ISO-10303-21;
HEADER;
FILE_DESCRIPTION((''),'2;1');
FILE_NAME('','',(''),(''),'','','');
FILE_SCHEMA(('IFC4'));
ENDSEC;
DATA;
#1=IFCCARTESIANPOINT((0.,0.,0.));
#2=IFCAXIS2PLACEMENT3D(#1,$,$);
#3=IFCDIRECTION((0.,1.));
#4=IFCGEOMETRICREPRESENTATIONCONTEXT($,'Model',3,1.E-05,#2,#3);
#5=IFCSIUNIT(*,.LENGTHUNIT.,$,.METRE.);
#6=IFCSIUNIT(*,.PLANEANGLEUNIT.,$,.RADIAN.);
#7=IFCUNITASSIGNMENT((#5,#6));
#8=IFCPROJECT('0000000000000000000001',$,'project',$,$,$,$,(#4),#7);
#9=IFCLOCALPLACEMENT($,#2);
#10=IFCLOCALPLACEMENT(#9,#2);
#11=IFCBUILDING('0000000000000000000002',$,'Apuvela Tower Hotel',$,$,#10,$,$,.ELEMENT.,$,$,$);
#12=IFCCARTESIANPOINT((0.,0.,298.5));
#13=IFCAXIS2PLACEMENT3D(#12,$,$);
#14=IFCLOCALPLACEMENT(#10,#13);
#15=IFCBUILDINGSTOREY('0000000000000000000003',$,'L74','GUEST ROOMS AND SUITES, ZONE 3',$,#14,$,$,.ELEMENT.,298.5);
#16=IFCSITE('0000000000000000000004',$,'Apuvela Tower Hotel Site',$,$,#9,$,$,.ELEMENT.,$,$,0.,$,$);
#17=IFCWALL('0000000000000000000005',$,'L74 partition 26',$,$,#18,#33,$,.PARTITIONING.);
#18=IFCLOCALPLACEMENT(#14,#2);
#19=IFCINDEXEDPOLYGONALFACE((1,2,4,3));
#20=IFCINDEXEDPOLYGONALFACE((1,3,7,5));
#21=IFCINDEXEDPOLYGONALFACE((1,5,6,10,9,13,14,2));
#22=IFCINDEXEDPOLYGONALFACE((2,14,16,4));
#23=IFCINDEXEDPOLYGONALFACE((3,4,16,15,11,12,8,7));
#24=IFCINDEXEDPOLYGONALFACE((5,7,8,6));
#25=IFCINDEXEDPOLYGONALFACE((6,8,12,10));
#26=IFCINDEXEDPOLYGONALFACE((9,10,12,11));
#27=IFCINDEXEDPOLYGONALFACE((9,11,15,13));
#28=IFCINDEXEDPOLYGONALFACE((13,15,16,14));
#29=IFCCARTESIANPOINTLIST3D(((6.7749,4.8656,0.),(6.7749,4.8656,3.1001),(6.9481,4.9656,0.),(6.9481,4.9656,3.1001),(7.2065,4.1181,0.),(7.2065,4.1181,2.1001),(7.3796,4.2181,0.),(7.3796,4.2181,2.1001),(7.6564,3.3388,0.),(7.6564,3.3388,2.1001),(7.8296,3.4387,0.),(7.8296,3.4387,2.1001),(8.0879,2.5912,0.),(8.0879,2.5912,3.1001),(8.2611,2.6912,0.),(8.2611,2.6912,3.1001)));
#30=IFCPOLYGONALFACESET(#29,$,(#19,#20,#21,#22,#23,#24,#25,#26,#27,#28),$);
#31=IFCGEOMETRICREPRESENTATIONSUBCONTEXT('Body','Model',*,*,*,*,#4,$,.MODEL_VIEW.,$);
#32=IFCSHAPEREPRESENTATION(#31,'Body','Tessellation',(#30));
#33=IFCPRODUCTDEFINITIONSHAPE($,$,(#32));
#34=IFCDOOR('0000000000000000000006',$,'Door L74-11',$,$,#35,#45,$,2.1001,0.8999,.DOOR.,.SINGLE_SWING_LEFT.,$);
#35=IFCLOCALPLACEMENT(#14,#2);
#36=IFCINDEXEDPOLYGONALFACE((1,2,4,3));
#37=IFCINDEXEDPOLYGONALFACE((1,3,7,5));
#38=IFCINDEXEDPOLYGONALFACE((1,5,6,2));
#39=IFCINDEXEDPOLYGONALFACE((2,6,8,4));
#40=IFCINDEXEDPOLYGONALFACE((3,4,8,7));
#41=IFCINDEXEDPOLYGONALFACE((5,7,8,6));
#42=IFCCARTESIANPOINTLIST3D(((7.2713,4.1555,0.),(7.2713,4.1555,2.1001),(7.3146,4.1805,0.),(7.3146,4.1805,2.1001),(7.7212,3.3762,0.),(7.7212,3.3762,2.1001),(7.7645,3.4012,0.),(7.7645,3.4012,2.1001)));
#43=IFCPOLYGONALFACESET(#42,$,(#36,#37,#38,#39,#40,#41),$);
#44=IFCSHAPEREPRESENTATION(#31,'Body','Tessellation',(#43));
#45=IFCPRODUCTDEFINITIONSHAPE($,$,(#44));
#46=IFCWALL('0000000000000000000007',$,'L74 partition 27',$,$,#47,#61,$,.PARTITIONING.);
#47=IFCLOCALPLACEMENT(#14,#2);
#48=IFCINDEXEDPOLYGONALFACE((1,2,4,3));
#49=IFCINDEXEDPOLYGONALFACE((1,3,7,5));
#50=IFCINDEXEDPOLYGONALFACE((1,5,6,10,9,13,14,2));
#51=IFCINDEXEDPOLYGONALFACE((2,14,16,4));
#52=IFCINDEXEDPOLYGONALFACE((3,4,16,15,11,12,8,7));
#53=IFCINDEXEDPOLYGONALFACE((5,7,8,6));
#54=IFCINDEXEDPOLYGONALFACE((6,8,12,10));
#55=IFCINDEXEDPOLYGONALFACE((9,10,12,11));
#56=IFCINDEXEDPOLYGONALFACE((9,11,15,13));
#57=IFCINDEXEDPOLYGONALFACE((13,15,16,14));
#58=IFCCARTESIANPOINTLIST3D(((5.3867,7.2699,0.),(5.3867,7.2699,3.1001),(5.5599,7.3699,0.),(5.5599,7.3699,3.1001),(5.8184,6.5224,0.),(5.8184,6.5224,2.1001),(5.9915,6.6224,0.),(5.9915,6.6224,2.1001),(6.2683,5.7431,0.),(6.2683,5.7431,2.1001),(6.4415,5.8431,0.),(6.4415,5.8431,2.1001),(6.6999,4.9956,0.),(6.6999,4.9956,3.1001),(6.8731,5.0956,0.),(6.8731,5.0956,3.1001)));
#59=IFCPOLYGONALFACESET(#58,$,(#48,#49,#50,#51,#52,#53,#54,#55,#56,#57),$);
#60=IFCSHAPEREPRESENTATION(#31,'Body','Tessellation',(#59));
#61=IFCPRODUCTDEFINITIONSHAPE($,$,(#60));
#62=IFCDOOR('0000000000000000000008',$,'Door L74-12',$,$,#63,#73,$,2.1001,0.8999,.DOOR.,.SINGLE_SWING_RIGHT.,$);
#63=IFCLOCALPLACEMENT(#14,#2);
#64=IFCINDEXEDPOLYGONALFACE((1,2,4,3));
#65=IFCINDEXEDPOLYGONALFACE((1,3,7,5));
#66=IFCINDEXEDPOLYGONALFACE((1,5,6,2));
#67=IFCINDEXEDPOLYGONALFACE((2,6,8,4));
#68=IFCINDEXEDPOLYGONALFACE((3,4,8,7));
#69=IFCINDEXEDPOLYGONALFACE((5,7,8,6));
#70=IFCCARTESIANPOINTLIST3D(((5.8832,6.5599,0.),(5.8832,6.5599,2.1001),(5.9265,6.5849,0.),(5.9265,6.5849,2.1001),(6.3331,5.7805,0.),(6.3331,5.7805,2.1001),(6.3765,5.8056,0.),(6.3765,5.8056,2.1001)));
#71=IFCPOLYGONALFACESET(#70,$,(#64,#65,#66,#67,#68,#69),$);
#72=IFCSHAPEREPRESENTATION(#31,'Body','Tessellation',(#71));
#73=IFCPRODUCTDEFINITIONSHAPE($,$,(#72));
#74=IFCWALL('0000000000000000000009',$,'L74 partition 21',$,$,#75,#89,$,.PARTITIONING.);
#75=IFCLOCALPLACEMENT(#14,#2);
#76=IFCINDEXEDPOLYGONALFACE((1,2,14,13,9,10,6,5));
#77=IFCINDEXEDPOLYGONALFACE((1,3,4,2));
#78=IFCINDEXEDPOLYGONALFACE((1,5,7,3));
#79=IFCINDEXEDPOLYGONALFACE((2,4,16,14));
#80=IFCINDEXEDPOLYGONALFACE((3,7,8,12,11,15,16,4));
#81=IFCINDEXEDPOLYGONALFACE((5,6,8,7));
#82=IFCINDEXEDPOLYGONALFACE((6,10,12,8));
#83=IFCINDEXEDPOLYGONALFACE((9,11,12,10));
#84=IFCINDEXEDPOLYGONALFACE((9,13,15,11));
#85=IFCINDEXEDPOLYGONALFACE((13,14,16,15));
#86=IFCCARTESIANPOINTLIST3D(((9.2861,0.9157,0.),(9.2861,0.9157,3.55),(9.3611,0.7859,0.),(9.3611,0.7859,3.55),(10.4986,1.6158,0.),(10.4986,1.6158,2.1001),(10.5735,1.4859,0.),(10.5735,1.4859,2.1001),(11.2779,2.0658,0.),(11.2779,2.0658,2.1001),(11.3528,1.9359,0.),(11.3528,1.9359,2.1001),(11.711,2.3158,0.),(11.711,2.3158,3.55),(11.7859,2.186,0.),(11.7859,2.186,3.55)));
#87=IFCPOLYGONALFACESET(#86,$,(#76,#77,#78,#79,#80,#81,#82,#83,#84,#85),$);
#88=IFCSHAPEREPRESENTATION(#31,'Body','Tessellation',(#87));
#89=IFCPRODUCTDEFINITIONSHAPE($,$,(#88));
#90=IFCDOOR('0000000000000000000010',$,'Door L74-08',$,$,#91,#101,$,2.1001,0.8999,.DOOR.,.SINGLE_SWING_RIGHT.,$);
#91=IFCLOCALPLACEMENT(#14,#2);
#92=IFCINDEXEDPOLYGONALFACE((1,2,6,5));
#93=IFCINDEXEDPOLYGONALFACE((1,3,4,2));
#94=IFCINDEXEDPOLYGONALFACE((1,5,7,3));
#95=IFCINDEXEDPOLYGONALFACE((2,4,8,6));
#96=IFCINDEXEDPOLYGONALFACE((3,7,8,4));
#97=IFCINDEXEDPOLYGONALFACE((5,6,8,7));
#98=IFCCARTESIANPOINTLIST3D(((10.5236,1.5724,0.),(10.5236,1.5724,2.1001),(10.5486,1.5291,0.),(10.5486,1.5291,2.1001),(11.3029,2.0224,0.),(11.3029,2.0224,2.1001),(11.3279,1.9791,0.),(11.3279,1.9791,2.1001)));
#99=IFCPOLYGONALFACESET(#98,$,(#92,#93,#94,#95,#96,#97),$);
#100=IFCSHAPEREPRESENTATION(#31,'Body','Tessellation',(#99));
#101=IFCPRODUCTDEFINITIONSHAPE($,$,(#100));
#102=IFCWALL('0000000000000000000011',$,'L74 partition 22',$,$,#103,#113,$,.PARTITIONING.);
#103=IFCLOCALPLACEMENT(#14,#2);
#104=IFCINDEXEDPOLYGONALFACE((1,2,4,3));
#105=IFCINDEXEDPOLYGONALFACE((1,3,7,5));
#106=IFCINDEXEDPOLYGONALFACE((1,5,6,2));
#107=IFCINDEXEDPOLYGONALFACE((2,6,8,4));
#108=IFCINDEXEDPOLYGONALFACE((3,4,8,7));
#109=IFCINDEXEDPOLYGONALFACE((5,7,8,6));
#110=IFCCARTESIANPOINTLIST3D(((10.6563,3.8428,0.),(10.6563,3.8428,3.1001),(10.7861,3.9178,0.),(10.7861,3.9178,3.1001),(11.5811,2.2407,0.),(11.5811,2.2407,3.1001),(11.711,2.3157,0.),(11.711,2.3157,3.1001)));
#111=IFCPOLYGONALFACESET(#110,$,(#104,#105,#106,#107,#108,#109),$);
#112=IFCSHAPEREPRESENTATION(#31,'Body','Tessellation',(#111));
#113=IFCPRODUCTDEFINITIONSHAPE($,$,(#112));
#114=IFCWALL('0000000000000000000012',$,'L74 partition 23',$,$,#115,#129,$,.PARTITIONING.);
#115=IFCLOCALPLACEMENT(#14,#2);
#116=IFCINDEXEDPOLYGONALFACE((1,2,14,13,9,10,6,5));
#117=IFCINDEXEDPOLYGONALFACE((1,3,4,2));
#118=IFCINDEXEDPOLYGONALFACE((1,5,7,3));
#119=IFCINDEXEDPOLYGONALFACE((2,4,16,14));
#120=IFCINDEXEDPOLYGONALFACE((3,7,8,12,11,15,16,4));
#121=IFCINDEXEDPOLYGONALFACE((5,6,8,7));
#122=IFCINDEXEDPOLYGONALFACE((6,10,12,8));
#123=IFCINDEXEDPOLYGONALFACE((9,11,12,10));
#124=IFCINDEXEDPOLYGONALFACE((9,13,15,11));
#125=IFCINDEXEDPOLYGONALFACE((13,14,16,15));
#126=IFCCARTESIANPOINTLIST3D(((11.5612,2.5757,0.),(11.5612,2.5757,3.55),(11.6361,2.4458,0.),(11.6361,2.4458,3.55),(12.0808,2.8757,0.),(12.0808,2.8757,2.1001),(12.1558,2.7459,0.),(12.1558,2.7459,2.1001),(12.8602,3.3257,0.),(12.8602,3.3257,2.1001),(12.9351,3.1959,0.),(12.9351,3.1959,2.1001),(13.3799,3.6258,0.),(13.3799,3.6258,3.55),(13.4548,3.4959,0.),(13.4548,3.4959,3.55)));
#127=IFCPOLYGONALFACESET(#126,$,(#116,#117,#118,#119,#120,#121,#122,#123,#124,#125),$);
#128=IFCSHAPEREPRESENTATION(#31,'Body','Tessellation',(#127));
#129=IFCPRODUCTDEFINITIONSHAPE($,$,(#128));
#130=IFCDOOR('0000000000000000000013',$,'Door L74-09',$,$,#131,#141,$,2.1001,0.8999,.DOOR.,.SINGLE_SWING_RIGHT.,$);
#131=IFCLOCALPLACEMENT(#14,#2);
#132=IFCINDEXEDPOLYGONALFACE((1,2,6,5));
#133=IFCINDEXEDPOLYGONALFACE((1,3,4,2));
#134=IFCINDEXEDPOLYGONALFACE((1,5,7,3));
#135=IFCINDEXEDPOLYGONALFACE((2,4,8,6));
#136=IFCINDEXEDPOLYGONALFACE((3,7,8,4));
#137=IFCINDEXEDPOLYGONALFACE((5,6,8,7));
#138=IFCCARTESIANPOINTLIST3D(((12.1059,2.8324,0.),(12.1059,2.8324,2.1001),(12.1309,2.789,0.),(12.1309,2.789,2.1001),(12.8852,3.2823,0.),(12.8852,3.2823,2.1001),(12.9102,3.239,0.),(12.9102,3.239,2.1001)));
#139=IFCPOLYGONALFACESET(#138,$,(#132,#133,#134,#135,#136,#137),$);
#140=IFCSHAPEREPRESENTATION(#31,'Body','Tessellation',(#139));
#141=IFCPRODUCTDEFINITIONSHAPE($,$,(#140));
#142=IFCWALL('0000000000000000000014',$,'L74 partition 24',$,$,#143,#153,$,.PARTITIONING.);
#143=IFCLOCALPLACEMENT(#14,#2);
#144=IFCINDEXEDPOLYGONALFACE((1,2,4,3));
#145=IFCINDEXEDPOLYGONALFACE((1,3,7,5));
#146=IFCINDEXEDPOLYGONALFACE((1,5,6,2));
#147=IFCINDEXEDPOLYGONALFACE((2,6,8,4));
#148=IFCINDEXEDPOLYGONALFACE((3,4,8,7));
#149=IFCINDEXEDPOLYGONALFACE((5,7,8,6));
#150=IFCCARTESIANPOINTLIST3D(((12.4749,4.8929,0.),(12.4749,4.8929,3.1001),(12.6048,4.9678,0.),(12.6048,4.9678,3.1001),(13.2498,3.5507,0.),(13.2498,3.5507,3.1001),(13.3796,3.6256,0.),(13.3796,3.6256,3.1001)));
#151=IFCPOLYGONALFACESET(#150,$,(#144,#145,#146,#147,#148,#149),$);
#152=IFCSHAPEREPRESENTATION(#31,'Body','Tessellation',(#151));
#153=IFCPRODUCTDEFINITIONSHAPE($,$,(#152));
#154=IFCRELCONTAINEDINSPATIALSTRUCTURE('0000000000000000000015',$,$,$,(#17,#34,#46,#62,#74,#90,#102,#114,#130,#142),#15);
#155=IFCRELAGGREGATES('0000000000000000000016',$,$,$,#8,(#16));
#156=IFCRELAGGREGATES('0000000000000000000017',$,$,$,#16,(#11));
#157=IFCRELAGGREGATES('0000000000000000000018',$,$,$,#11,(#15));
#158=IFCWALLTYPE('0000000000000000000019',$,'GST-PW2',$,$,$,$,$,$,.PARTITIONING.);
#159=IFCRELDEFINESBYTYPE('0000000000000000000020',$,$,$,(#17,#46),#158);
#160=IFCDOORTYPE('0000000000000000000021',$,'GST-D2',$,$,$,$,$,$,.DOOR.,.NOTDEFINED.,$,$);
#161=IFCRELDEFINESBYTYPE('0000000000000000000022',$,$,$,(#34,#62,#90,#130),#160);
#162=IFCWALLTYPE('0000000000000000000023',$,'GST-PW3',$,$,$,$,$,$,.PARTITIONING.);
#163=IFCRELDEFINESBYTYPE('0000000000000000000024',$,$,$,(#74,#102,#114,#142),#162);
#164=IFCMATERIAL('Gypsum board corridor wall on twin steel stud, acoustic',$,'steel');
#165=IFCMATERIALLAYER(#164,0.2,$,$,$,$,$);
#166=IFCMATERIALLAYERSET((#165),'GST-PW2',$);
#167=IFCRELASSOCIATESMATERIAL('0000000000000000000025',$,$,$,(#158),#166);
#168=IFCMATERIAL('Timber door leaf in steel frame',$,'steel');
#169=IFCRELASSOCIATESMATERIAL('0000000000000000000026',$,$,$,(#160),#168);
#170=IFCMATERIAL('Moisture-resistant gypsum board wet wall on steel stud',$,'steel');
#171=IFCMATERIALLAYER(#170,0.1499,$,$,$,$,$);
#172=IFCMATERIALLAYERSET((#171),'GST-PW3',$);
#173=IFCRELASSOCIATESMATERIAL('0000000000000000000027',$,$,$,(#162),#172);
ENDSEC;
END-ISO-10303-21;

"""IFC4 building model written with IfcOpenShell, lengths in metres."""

from ifc_helpers import new_model, si_unit, direction, frame, frame_2d, origin, place, context, subcontext, project, spatial, rectangle, extrude, material, layer, layer_set, type_object, element, fill, save


model = new_model("IFC4")

# Units and contexts
model_context = context("Model", 3, precision=1e-05, world=origin(), true_north=direction((0.0, 1.0)))
body_context = subcontext(model_context, "Body", "Model", "MODEL_VIEW")
ifc_project = project(units=[si_unit("LENGTHUNIT", "METRE"), si_unit("PLANEANGLEUNIT", "RADIAN")], contexts=[model_context])

# Site, building, storey
site_placement = place(None, origin())
site = spatial("IfcSite", under=ifc_project, at=site_placement, Name="Apuvela Tower Hotel Site", CompositionType="ELEMENT", RefElevation=0.0)
building_placement = place(site_placement, origin())
building = spatial("IfcBuilding", under=site, at=building_placement, Name="Apuvela Tower Hotel", CompositionType="ELEMENT")
storey_placement = place(building_placement, frame((0.0, 0.0, 298.5)))
storey = spatial("IfcBuildingStorey", under=building, at=storey_placement, Name="L74", Description="GUEST ROOMS AND SUITES, ZONE 3", CompositionType="ELEMENT", Elevation=298.5)

# Walls, openings, doors
ifc_material_1 = material(Name="Gypsum board corridor wall on twin steel stud, acoustic", Category="steel")
ifc_layer_1 = layer(ifc_material_1, 0.2)
ifc_layer_set_1 = layer_set([ifc_layer_1], Name="GST-PW2")
wall_type_1 = type_object("IfcWallType", Name="GST-PW2", PredefinedType="PARTITIONING", material=ifc_layer_set_1)
ifc_material_2 = material(Name="Timber door leaf in steel frame", Category="steel")
wall_1_placement = place(storey_placement, frame((6.8616, 4.9155, 0.0), z_axis=(0.0, 0.0, 1.0), x_axis=(0.499959, -0.866049, 0.0)))
wall_1 = element("IfcWall", 1, at=wall_1_placement, inside=storey, type_object=wall_type_1, Name="L74 partition 26", PredefinedType="PARTITIONING", context=body_context, shape_type="SweptSolid", body=[
    extrude(rectangle(XDim=2.6262, YDim=0.2, at=frame_2d((1.313, 0.0))), origin(), (0.0, 0.0, 1.0), 3.1001),
])
opening_1_placement = place(wall_1_placement, frame((0.863, 0.0, 0.0)))
opening_1 = element("IfcOpeningElement", 2, at=opening_1_placement, cuts=wall_1, PredefinedType="OPENING", context=body_context, shape_type="SweptSolid", body=[
    extrude(rectangle(XDim=0.8999, YDim=2.1001, at=frame_2d((0.45, 1.05))), frame((0.0, 0.1099, 0.0), z_axis=(0.0, -1.0, 0.0), x_axis=(1.0, 0.0, 0.0)), (0.0, 0.0, 1.0), 0.22),
])
door_type_1 = type_object("IfcDoorType", Name="GST-D2", OperationType="NOTDEFINED", PredefinedType="DOOR", material=ifc_material_2)
door_1_placement = place(opening_1_placement, origin())
door_1 = element("IfcDoor", 3, at=door_1_placement, inside=storey, type_object=door_type_1, Name="Door L74-11", OperationType="SINGLE_SWING_LEFT", OverallHeight=2.1001, OverallWidth=0.8999, PredefinedType="DOOR", context=body_context, shape_type="SweptSolid", body=[
    extrude(rectangle(XDim=0.8999, YDim=2.1001, at=frame_2d((0.45, 1.05))), frame((0.0, 0.0249, 0.0), z_axis=(0.0, -1.0, 0.0), x_axis=(1.0, 0.0, 0.0)), (0.0, 0.0, 1.0), 0.05),
])
fill(opening_1, door_1)
wall_2_placement = place(storey_placement, frame((5.4734, 7.3198, 0.0), z_axis=(0.0, 0.0, 1.0), x_axis=(0.500028, -0.866009, 0.0)))
wall_2 = element("IfcWall", 4, at=wall_2_placement, inside=storey, type_object=wall_type_1, Name="L74 partition 27", PredefinedType="PARTITIONING", context=body_context, shape_type="SweptSolid", body=[
    extrude(rectangle(XDim=2.6262, YDim=0.2, at=frame_2d((1.313, 0.0))), origin(), (0.0, 0.0, 1.0), 3.1001),
])
opening_2_placement = place(wall_2_placement, frame((0.863, 0.0, 0.0)))
opening_2 = element("IfcOpeningElement", 5, at=opening_2_placement, cuts=wall_2, PredefinedType="OPENING", context=body_context, shape_type="SweptSolid", body=[
    extrude(rectangle(XDim=0.8999, YDim=2.1001, at=frame_2d((0.45, 1.05))), frame((0.0, 0.1099, 0.0), z_axis=(0.0, -1.0, 0.0), x_axis=(1.0, 0.0, 0.0)), (0.0, 0.0, 1.0), 0.22),
])
door_2_placement = place(opening_2_placement, origin())
door_2 = element("IfcDoor", 6, at=door_2_placement, inside=storey, type_object=door_type_1, Name="Door L74-12", OperationType="SINGLE_SWING_RIGHT", OverallHeight=2.1001, OverallWidth=0.8999, PredefinedType="DOOR", context=body_context, shape_type="SweptSolid", body=[
    extrude(rectangle(XDim=0.8999, YDim=2.1001, at=frame_2d((0.45, 1.05))), frame((0.0, 0.0249, 0.0), z_axis=(0.0, -1.0, 0.0), x_axis=(1.0, 0.0, 0.0)), (0.0, 0.0, 1.0), 0.05),
])
fill(opening_2, door_2)
ifc_material_3 = material(Name="Moisture-resistant gypsum board wet wall on steel stud", Category="steel")
ifc_layer_2 = layer(ifc_material_3, 0.1499)
ifc_layer_set_2 = layer_set([ifc_layer_2], Name="GST-PW3")
wall_type_2 = type_object("IfcWallType", Name="GST-PW3", PredefinedType="PARTITIONING", material=ifc_layer_set_2)
wall_3_placement = place(storey_placement, frame((9.3237, 0.8508, 0.0), z_axis=(0.0, 0.0, 1.0), x_axis=(0.865997, 0.50005, 0.0)))
wall_3 = element("IfcWall", 7, at=wall_3_placement, inside=storey, type_object=wall_type_2, Name="L74 partition 21", PredefinedType="PARTITIONING", context=body_context, shape_type="SweptSolid", body=[
    extrude(rectangle(XDim=2.8, YDim=0.1499, at=frame_2d((1.3999, 0.0))), origin(), (0.0, 0.0, 1.0), 3.55),
])
opening_3_placement = place(wall_3_placement, frame((1.3999, 0.0, 0.0)))
opening_3 = element("IfcOpeningElement", 8, at=opening_3_placement, cuts=wall_3, PredefinedType="OPENING", context=body_context, shape_type="SweptSolid", body=[
    extrude(rectangle(XDim=0.8999, YDim=2.1001, at=frame_2d((0.45, 1.05))), frame((0.0, 0.085, 0.0), z_axis=(0.0, -1.0, 0.0), x_axis=(1.0, 0.0, 0.0)), (0.0, 0.0, 1.0), 0.1699),
])
door_3_placement = place(opening_3_placement, origin())
door_3 = element("IfcDoor", 9, at=door_3_placement, inside=storey, type_object=door_type_1, Name="Door L74-08", OperationType="SINGLE_SWING_RIGHT", OverallHeight=2.1001, OverallWidth=0.8999, PredefinedType="DOOR", context=body_context, shape_type="SweptSolid", body=[
    extrude(rectangle(XDim=0.8999, YDim=2.1001, at=frame_2d((0.45, 1.05))), frame((0.0, 0.0249, 0.0), z_axis=(0.0, -1.0, 0.0), x_axis=(1.0, 0.0, 0.0)), (0.0, 0.0, 1.0), 0.05),
])
fill(opening_3, door_3)

# Wall
wall_4_placement = place(storey_placement, frame((11.646, 2.2783, 0.0), z_axis=(0.0, 0.0, 1.0), x_axis=(-0.499943, 0.866058, 0.0)))
element("IfcWall", 10, at=wall_4_placement, inside=storey, type_object=wall_type_2, Name="L74 partition 22", PredefinedType="PARTITIONING", context=body_context, shape_type="SweptSolid", body=[
    extrude(rectangle(XDim=1.8499, YDim=0.1499, at=frame_2d((0.9248, 0.0))), origin(), (0.0, 0.0, 1.0), 3.1001),
])

# Wall, opening, door
wall_5_placement = place(storey_placement, frame((11.5986, 2.5107, 0.0), z_axis=(0.0, 0.0, 1.0), x_axis=(0.866009, 0.500028, 0.0)))
wall_5 = element("IfcWall", 11, at=wall_5_placement, inside=storey, type_object=wall_type_2, Name="L74 partition 23", PredefinedType="PARTITIONING", context=body_context, shape_type="SweptSolid", body=[
    extrude(rectangle(XDim=2.1001, YDim=0.1499, at=frame_2d((1.05, 0.0))), origin(), (0.0, 0.0, 1.0), 3.55),
])
opening_4_placement = place(wall_5_placement, frame((0.6001, 0.0, 0.0)))
opening_4 = element("IfcOpeningElement", 12, at=opening_4_placement, cuts=wall_5, PredefinedType="OPENING", context=body_context, shape_type="SweptSolid", body=[
    extrude(rectangle(XDim=0.8999, YDim=2.1001, at=frame_2d((0.45, 1.05))), frame((0.0, 0.085, 0.0), z_axis=(0.0, -1.0, 0.0), x_axis=(1.0, 0.0, 0.0)), (0.0, 0.0, 1.0), 0.1699),
])
door_4_placement = place(opening_4_placement, origin())
door_4 = element("IfcDoor", 13, at=door_4_placement, inside=storey, type_object=door_type_1, Name="Door L74-09", OperationType="SINGLE_SWING_RIGHT", OverallHeight=2.1001, OverallWidth=0.8999, PredefinedType="DOOR", context=body_context, shape_type="SweptSolid", body=[
    extrude(rectangle(XDim=0.8999, YDim=2.1001, at=frame_2d((0.45, 1.05))), frame((0.0, 0.0249, 0.0), z_axis=(0.0, -1.0, 0.0), x_axis=(1.0, 0.0, 0.0)), (0.0, 0.0, 1.0), 0.05),
])
fill(opening_4, door_4)

# Wall
wall_6_placement = place(storey_placement, frame((13.3147, 3.5881, 0.0), z_axis=(0.0, 0.0, 1.0), x_axis=(-0.499968, 0.866044, 0.0)))
element("IfcWall", 14, at=wall_6_placement, inside=storey, type_object=wall_type_2, Name="L74 partition 24", PredefinedType="PARTITIONING", context=body_context, shape_type="SweptSolid", body=[
    extrude(rectangle(XDim=1.5498, YDim=0.1499, at=frame_2d((0.7749, 0.0))), origin(), (0.0, 0.0, 1.0), 3.1001),
])

save(model, "model.ifc")
